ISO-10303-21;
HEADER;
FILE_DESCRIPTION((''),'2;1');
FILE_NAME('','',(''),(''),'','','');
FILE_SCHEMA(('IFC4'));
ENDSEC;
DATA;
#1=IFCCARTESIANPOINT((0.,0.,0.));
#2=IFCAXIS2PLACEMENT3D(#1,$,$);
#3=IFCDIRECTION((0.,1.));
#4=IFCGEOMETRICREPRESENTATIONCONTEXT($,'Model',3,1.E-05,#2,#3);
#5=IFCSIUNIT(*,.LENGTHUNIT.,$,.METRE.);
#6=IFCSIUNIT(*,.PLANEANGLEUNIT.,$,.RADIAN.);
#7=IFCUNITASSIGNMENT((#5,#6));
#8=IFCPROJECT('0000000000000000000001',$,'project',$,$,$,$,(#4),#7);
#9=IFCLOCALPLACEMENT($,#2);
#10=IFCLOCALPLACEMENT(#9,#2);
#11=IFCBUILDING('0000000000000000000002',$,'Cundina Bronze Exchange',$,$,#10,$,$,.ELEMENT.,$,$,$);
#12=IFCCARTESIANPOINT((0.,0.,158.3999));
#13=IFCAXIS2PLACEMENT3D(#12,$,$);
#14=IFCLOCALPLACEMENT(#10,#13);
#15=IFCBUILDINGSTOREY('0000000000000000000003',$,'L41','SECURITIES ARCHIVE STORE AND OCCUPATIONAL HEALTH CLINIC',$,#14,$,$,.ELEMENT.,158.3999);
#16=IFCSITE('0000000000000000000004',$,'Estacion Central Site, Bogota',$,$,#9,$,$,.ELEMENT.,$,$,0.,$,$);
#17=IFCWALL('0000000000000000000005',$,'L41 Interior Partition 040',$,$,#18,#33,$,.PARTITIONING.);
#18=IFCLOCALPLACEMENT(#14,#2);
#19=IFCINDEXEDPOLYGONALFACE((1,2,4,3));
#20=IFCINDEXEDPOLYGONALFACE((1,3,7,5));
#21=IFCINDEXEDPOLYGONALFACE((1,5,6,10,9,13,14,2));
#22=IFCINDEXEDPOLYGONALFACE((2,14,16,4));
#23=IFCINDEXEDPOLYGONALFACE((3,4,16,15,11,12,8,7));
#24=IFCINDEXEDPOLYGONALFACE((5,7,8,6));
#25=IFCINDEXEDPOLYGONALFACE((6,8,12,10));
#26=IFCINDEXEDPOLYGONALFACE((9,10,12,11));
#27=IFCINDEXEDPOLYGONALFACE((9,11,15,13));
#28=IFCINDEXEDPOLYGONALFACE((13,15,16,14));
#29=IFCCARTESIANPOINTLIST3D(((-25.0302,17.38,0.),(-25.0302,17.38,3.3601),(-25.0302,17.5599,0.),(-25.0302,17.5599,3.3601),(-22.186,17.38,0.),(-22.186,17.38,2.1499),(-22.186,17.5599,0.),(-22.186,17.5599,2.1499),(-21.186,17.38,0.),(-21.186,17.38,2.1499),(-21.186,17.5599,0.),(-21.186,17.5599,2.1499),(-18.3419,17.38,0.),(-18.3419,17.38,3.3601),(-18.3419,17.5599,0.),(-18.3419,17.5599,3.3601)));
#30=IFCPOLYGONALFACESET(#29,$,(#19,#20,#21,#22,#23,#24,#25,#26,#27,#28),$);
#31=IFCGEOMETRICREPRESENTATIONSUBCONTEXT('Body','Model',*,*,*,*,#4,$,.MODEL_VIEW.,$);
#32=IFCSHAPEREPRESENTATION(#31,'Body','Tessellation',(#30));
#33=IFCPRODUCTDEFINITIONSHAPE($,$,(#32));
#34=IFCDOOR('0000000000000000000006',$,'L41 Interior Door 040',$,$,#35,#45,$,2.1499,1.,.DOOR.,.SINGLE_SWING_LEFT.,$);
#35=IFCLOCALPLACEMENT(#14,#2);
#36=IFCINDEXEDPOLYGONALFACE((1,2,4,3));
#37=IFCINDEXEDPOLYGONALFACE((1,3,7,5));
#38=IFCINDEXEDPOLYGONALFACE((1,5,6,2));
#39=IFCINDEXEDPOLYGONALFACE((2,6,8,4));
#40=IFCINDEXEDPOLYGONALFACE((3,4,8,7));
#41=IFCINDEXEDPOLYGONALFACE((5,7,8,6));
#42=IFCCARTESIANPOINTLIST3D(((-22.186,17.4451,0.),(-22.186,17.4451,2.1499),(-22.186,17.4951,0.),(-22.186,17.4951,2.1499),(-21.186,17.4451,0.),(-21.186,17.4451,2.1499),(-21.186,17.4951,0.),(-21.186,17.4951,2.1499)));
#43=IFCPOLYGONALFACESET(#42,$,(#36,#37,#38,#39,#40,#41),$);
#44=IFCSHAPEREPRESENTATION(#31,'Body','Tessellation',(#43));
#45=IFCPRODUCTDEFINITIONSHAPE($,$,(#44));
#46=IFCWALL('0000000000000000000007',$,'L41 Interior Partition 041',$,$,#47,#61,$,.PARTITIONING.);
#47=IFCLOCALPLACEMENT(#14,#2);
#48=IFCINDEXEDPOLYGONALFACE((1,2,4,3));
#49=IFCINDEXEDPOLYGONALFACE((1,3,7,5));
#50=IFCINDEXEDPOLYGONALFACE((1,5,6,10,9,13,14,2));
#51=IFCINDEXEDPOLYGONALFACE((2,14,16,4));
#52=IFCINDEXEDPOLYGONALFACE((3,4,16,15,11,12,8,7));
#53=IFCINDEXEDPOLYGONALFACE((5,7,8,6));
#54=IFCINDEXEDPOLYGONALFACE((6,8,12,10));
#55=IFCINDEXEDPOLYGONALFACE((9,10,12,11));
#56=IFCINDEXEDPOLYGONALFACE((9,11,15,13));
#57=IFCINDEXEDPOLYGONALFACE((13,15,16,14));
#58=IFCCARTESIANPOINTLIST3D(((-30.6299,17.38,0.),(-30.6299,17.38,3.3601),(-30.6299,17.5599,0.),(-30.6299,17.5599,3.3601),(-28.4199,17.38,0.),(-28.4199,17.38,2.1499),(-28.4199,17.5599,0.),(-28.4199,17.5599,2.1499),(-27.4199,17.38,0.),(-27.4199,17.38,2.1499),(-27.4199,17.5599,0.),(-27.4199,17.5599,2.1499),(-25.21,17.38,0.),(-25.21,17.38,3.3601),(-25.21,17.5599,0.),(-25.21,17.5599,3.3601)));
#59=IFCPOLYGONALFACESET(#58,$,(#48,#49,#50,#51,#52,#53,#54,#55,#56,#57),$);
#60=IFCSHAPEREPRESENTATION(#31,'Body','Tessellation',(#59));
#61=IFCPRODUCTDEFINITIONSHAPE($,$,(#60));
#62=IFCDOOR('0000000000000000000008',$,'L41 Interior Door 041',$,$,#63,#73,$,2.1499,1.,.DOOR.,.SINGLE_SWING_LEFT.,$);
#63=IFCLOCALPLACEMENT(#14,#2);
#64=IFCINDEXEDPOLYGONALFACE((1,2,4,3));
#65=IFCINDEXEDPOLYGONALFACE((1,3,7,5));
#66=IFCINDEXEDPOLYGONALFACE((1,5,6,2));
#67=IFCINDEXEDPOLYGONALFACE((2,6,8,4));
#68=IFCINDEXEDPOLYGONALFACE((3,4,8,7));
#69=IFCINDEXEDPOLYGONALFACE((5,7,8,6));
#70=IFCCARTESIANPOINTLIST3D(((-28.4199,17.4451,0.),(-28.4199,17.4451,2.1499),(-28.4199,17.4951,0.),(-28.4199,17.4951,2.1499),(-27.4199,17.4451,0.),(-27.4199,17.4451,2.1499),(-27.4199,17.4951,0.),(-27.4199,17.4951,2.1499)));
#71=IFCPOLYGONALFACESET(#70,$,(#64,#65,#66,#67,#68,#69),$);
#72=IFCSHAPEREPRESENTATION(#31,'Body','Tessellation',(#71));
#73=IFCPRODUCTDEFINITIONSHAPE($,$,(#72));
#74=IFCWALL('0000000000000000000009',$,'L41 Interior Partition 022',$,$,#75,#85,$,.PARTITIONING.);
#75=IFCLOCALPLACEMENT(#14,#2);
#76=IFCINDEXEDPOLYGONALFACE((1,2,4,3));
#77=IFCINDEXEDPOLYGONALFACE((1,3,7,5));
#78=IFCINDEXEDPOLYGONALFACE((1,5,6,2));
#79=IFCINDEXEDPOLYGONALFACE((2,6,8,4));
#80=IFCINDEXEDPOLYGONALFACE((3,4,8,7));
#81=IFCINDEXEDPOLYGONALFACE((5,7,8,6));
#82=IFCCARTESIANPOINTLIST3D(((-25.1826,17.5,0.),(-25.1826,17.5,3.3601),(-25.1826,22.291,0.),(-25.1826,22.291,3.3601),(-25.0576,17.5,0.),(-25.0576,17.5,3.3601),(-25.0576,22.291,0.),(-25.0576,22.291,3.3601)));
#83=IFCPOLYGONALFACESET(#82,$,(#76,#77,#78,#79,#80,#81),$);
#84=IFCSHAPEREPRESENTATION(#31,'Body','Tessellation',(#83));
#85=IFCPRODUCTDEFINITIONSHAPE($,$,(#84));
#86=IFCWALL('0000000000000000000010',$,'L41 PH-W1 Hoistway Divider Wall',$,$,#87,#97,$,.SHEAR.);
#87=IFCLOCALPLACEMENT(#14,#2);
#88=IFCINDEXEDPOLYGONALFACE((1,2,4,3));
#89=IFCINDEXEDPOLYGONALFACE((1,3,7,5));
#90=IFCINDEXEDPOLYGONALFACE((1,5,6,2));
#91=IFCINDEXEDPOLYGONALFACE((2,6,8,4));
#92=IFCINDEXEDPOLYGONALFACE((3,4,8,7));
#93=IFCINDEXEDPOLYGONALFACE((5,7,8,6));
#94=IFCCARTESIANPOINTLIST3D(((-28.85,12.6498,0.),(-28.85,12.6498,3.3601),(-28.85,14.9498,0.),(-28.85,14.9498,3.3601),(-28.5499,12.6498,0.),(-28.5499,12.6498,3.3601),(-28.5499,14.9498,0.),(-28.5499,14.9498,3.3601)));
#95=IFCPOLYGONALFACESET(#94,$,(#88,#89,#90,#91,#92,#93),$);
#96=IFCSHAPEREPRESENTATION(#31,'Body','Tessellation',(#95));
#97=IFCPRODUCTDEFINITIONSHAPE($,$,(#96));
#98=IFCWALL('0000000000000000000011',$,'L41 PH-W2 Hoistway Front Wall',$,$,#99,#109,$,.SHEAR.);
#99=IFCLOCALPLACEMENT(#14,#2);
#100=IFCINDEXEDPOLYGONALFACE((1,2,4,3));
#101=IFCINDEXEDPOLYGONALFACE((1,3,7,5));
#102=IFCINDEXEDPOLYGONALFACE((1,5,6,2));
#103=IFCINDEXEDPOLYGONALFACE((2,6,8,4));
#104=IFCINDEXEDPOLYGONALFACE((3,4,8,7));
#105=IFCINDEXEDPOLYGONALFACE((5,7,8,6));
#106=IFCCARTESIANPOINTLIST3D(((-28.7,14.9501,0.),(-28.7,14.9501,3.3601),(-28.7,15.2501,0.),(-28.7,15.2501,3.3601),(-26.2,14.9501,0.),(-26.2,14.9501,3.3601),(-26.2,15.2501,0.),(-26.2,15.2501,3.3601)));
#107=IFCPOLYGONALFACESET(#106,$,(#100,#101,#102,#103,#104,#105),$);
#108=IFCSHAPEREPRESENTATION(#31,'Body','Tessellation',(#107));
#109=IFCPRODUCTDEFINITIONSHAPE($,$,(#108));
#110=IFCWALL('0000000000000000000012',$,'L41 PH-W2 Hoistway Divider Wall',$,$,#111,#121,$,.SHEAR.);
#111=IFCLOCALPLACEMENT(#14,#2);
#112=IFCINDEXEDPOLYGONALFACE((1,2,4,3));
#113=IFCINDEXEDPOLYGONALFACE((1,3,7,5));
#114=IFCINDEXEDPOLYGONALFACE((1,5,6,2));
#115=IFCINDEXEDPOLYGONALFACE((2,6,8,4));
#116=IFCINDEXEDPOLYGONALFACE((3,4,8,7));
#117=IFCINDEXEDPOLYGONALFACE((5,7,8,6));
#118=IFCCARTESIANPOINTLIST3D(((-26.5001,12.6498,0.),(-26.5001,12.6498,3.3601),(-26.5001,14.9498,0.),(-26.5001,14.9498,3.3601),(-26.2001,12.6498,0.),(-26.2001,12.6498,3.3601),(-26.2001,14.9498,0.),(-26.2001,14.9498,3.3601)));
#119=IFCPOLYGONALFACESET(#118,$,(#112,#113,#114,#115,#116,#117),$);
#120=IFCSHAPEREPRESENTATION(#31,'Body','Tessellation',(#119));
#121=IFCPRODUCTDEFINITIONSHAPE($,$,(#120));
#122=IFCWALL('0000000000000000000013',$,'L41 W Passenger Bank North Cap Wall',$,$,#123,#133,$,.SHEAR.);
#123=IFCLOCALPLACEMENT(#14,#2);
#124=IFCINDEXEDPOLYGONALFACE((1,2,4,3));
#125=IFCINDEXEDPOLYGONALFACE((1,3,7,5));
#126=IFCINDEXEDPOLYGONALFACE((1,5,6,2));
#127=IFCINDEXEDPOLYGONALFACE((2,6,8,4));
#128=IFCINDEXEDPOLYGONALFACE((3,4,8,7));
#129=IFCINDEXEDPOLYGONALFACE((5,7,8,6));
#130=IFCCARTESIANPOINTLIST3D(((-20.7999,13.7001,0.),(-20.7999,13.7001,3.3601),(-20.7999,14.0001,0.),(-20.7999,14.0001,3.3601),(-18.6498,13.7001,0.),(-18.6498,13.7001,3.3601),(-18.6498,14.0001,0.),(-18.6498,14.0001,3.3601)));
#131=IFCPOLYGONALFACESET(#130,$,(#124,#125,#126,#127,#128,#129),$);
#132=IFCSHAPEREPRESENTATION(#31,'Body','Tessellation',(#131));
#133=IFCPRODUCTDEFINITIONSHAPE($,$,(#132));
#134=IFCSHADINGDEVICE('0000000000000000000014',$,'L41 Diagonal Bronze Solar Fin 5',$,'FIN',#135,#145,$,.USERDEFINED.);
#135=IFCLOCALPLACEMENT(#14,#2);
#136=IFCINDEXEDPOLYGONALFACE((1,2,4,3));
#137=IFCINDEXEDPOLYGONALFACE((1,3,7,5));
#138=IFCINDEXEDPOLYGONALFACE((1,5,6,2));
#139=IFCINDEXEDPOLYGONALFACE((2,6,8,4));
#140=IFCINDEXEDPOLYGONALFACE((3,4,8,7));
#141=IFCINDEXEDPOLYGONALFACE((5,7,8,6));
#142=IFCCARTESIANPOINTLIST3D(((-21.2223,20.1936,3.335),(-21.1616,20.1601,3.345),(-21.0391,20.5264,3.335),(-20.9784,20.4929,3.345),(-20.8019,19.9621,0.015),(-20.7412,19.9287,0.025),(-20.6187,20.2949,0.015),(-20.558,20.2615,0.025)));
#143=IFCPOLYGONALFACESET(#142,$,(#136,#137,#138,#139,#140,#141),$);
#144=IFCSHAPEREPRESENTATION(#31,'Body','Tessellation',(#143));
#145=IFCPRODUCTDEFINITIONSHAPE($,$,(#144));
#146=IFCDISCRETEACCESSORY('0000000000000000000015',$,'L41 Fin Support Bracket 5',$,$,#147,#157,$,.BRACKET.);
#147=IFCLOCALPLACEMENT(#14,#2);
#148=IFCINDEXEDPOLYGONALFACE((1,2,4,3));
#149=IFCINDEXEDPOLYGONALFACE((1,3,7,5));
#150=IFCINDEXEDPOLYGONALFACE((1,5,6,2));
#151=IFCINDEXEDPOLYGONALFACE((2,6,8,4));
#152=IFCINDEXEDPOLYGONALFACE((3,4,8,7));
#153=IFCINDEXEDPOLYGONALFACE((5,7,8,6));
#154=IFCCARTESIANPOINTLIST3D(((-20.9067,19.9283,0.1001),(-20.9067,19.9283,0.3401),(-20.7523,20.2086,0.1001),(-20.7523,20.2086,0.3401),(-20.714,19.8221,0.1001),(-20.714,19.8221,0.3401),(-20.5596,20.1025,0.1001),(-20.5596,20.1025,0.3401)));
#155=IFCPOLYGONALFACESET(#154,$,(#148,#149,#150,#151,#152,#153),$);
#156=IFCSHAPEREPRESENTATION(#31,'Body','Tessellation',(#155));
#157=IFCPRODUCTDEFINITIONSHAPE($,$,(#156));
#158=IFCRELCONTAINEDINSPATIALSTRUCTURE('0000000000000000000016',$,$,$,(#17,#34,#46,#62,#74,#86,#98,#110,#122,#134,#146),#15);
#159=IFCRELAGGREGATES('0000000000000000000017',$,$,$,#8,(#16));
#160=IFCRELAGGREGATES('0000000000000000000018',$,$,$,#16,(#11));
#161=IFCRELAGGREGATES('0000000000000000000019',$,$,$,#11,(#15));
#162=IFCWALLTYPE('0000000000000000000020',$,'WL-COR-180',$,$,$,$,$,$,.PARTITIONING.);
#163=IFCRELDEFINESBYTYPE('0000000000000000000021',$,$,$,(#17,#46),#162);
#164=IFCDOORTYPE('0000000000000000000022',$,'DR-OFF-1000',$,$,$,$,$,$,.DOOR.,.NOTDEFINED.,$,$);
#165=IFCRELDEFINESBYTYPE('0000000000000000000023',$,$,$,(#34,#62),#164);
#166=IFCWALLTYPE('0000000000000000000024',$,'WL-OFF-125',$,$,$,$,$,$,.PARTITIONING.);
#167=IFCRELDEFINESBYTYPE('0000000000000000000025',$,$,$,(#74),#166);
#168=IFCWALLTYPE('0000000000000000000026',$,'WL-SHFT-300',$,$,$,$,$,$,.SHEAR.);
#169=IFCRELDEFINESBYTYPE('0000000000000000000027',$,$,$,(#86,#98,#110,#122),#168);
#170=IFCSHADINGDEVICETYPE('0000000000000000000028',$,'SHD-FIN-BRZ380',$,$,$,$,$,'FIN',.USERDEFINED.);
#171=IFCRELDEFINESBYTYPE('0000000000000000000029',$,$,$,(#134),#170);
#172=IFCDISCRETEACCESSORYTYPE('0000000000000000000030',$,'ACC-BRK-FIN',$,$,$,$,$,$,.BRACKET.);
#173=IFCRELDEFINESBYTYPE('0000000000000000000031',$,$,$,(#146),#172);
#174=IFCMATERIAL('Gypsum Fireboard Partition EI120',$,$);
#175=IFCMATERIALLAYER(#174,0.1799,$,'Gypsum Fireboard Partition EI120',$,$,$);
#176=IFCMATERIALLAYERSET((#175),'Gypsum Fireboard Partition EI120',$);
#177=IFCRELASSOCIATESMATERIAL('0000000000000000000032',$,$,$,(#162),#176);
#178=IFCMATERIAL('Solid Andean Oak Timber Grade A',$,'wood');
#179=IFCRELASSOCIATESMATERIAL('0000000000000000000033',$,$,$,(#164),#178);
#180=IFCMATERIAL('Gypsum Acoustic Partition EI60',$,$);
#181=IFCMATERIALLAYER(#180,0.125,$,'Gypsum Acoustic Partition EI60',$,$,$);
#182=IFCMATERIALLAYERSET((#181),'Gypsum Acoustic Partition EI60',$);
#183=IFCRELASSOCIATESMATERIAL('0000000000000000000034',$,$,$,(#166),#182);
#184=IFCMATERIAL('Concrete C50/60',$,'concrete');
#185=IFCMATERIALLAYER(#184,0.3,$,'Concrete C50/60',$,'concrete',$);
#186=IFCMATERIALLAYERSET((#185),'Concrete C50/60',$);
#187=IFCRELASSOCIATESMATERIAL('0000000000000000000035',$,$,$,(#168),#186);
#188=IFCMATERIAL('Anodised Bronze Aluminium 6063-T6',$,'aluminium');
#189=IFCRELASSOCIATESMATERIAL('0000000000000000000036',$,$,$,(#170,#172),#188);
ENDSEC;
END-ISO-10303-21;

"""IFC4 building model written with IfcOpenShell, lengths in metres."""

from ifc_helpers import new_model, si_unit, direction, frame, frame_2d, origin, origin_2d, place, context, subcontext, project, spatial, rectangle, extrude, material, layer, layer_set, material_profile, profile_set, type_object, element, fill, save


model = new_model("IFC4")

# Units and contexts
model_context = context("Model", 3, precision=1e-05, world=origin(), true_north=direction((0.0, 1.0)))
body_context = subcontext(model_context, "Body", "Model", "MODEL_VIEW")
ifc_project = project(units=[si_unit("LENGTHUNIT", "METRE"), si_unit("PLANEANGLEUNIT", "RADIAN")], contexts=[model_context])

# Site, building, storey
site_placement = place(None, origin())
site = spatial("IfcSite", under=ifc_project, at=site_placement, Name="Estacion Central Site, Bogota", CompositionType="ELEMENT", RefElevation=0.0)
building_placement = place(site_placement, origin())
building = spatial("IfcBuilding", under=site, at=building_placement, Name="Cundina Bronze Exchange", CompositionType="ELEMENT")
storey_placement = place(building_placement, frame((0.0, 0.0, 158.3999)))
storey = spatial("IfcBuildingStorey", under=building, at=storey_placement, Name="L41", Description="SECURITIES ARCHIVE STORE AND OCCUPATIONAL HEALTH CLINIC", CompositionType="ELEMENT", Elevation=158.3999)

# Shared definitions
ifc_material_1 = material(Name="Concrete C50/60", Category="concrete")

# Shared definitions
ifc_material_2 = material(Name="Anodised Bronze Aluminium 6063-T6", Category="aluminium")

# Shared definitions
ifc_material_3 = material(Name="Gypsum Fireboard Partition EI120")
ifc_layer_1 = layer(ifc_material_3, 0.1799, Name="Gypsum Fireboard Partition EI120")
ifc_layer_set_1 = layer_set([ifc_layer_1], Name="Gypsum Fireboard Partition EI120")
wall_type_1 = type_object("IfcWallType", Name="WL-COR-180", PredefinedType="PARTITIONING", material=ifc_layer_set_1)
ifc_material_4 = material(Name="Solid Andean Oak Timber Grade A", Category="wood")

# Walls, openings, doors
wall_1_placement = place(storey_placement, frame((-18.3418, 17.47, 0.0), z_axis=(0.0, 0.0, 1.0), x_axis=(-1.0, 0.0, 0.0)))
wall_1 = element("IfcWall", 1, at=wall_1_placement, inside=storey, type_object=wall_type_1, Name="L41 Interior Partition 040", PredefinedType="PARTITIONING", context=body_context, shape_type="SweptSolid", body=[
    extrude(rectangle(XDim=6.6882, YDim=0.1799, at=frame_2d((3.3442, 0.0))), origin(), (0.0, 0.0, 1.0), 3.3601),
])
opening_1_placement = place(wall_1_placement, frame((2.8442, 0.0, 0.0)))
opening_1 = element("IfcOpeningElement", 2, at=opening_1_placement, cuts=wall_1, PredefinedType="OPENING", context=body_context, shape_type="SweptSolid", body=[
    extrude(rectangle(XDim=1.0, YDim=2.1499, at=frame_2d((0.5, 1.075))), frame((0.0, 0.0999, 0.0), z_axis=(0.0, -1.0, 0.0), x_axis=(1.0, 0.0, 0.0)), (0.0, 0.0, 1.0), 0.2),
])
door_type_1 = type_object("IfcDoorType", Name="DR-OFF-1000", OperationType="NOTDEFINED", PredefinedType="DOOR", material=ifc_material_4)
door_1_placement = place(opening_1_placement, origin())
door_1 = element("IfcDoor", 3, at=door_1_placement, inside=storey, type_object=door_type_1, Name="L41 Interior Door 040", OperationType="SINGLE_SWING_LEFT", OverallHeight=2.1499, OverallWidth=1.0, PredefinedType="DOOR", context=body_context, shape_type="SweptSolid", body=[
    extrude(rectangle(XDim=1.0, YDim=2.1499, at=frame_2d((0.5, 1.075))), frame((0.0, 0.0249, 0.0), z_axis=(0.0, -1.0, 0.0), x_axis=(1.0, 0.0, 0.0)), (0.0, 0.0, 1.0), 0.05),
])
fill(opening_1, door_1)
wall_2_placement = place(storey_placement, frame((-25.21, 17.47, 0.0), z_axis=(0.0, 0.0, 1.0), x_axis=(-1.0, 0.0, 0.0)))
wall_2 = element("IfcWall", 4, at=wall_2_placement, inside=storey, type_object=wall_type_1, Name="L41 Interior Partition 041", PredefinedType="PARTITIONING", context=body_context, shape_type="SweptSolid", body=[
    extrude(rectangle(XDim=5.4199, YDim=0.1799, at=frame_2d((2.71, 0.0))), origin(), (0.0, 0.0, 1.0), 3.3601),
])
opening_2_placement = place(wall_2_placement, frame((2.21, 0.0, 0.0)))
opening_2 = element("IfcOpeningElement", 5, at=opening_2_placement, cuts=wall_2, PredefinedType="OPENING", context=body_context, shape_type="SweptSolid", body=[
    extrude(rectangle(XDim=1.0, YDim=2.1499, at=frame_2d((0.5, 1.075))), frame((0.0, 0.0999, 0.0), z_axis=(0.0, -1.0, 0.0), x_axis=(1.0, 0.0, 0.0)), (0.0, 0.0, 1.0), 0.2),
])
door_2_placement = place(opening_2_placement, origin())
door_2 = element("IfcDoor", 6, at=door_2_placement, inside=storey, type_object=door_type_1, Name="L41 Interior Door 041", OperationType="SINGLE_SWING_LEFT", OverallHeight=2.1499, OverallWidth=1.0, PredefinedType="DOOR", context=body_context, shape_type="SweptSolid", body=[
    extrude(rectangle(XDim=1.0, YDim=2.1499, at=frame_2d((0.5, 1.075))), frame((0.0, 0.0249, 0.0), z_axis=(0.0, -1.0, 0.0), x_axis=(1.0, 0.0, 0.0)), (0.0, 0.0, 1.0), 0.05),
])
fill(opening_2, door_2)

# Walls
ifc_material_5 = material(Name="Gypsum Acoustic Partition EI60")
ifc_layer_2 = layer(ifc_material_5, 0.125, Name="Gypsum Acoustic Partition EI60")
ifc_layer_set_2 = layer_set([ifc_layer_2], Name="Gypsum Acoustic Partition EI60")
wall_type_2 = type_object("IfcWallType", Name="WL-OFF-125", PredefinedType="PARTITIONING", material=ifc_layer_set_2)
wall_3_placement = place(storey_placement, frame((-25.1201, 17.5, 0.0), z_axis=(0.0, 0.0, 1.0), x_axis=(0.0, 1.0, 0.0)))
element("IfcWall", 7, at=wall_3_placement, inside=storey, type_object=wall_type_2, Name="L41 Interior Partition 022", PredefinedType="PARTITIONING", context=body_context, shape_type="SweptSolid", body=[
    extrude(rectangle(XDim=4.791, YDim=0.125, at=frame_2d((2.3955, 0.0))), origin(), (0.0, 0.0, 1.0), 3.3601),
])
ifc_layer_3 = layer(ifc_material_1, 0.3, Name="Concrete C50/60", Category="concrete")
ifc_layer_set_3 = layer_set([ifc_layer_3], Name="Concrete C50/60")
wall_type_3 = type_object("IfcWallType", Name="WL-SHFT-300", PredefinedType="SHEAR", material=ifc_layer_set_3)
wall_4_placement = place(storey_placement, frame((-28.7, 12.6499, 0.0), z_axis=(0.0, 0.0, 1.0), x_axis=(0.0, 1.0, 0.0)))
element("IfcWall", 8, at=wall_4_placement, inside=storey, type_object=wall_type_3, Name="L41 PH-W1 Hoistway Divider Wall", PredefinedType="SHEAR", context=body_context, shape_type="SweptSolid", body=[
    extrude(rectangle(XDim=2.3, YDim=0.3, at=frame_2d((1.1499, 0.0))), origin(), (0.0, 0.0, 1.0), 3.3601),
])
wall_5_placement = place(storey_placement, frame((-28.7, 15.1001, 0.0), z_axis=(0.0, 0.0, 1.0), x_axis=(1.0, 0.0, 0.0)))
element("IfcWall", 9, at=wall_5_placement, inside=storey, type_object=wall_type_3, Name="L41 PH-W2 Hoistway Front Wall", PredefinedType="SHEAR", context=body_context, shape_type="SweptSolid", body=[
    extrude(rectangle(XDim=2.5, YDim=0.3, at=frame_2d((1.25, 0.0))), origin(), (0.0, 0.0, 1.0), 3.3601),
])
wall_6_placement = place(storey_placement, frame((-26.3501, 12.6499, 0.0), z_axis=(0.0, 0.0, 1.0), x_axis=(0.0, 1.0, 0.0)))
element("IfcWall", 10, at=wall_6_placement, inside=storey, type_object=wall_type_3, Name="L41 PH-W2 Hoistway Divider Wall", PredefinedType="SHEAR", context=body_context, shape_type="SweptSolid", body=[
    extrude(rectangle(XDim=2.3, YDim=0.3, at=frame_2d((1.1499, 0.0))), origin(), (0.0, 0.0, 1.0), 3.3601),
])
wall_7_placement = place(storey_placement, frame((-20.8, 13.8501, 0.0), z_axis=(0.0, 0.0, 1.0), x_axis=(1.0, 0.0, 0.0)))
element("IfcWall", 11, at=wall_7_placement, inside=storey, type_object=wall_type_3, Name="L41 W Passenger Bank North Cap Wall", PredefinedType="SHEAR", context=body_context, shape_type="SweptSolid", body=[
    extrude(rectangle(XDim=2.1501, YDim=0.3, at=frame_2d((1.0752, 0.0))), origin(), (0.0, 0.0, 1.0), 3.3601),
])

# Shading device
ifc_material_profile_1 = material_profile(ifc_material_2, rectangle(XDim=0.0701, YDim=0.3799, at=origin_2d()), Name="FIN70X380", Category="aluminium")
ifc_profile_set_1 = profile_set([ifc_material_profile_1], Name="Anodised Bronze Aluminium 6063-T6")
shading_device_type = type_object("IfcShadingDeviceType", Name="SHD-FIN-BRZ380", ElementType="FIN", PredefinedType="USERDEFINED", material=ifc_profile_set_1)
shading_device_placement = place(storey_placement, frame((-20.6799, 20.1118, 0.02), z_axis=(-0.125324, 0.068994, 0.989714), x_axis=(0.867012, -0.47731, 0.143061)))
element("IfcShadingDevice", 12, at=shading_device_placement, inside=storey, type_object=shading_device_type, Name="L41 Diagonal Bronze Solar Fin 5", ObjectType="FIN", PredefinedType="USERDEFINED", context=body_context, shape_type="SweptSolid", body=[
    extrude(rectangle(XDim=0.0701, YDim=0.3799, at=origin_2d()), origin(), (0.0, 0.0, 1.0), 3.3545),
])

# Discrete accessory
discrete_accessory_type = type_object("IfcDiscreteAccessoryType", Name="ACC-BRK-FIN", PredefinedType="BRACKET", material=ifc_material_2)
discrete_accessory_placement = place(storey_placement, frame((-20.7332, 20.0154, 0.1001), z_axis=(0.0, 0.0, 1.0), x_axis=(-0.875869, 0.482549, 0.0)))
element("IfcDiscreteAccessory", 13, at=discrete_accessory_placement, inside=storey, type_object=discrete_accessory_type, Name="L41 Fin Support Bracket 5", PredefinedType="BRACKET", context=body_context, shape_type="SweptSolid", body=[
    extrude(rectangle(XDim=0.22, YDim=0.3201, at=origin_2d()), origin(), (0.0, 0.0, 1.0), 0.24),
])

save(model, "model.ifc")
